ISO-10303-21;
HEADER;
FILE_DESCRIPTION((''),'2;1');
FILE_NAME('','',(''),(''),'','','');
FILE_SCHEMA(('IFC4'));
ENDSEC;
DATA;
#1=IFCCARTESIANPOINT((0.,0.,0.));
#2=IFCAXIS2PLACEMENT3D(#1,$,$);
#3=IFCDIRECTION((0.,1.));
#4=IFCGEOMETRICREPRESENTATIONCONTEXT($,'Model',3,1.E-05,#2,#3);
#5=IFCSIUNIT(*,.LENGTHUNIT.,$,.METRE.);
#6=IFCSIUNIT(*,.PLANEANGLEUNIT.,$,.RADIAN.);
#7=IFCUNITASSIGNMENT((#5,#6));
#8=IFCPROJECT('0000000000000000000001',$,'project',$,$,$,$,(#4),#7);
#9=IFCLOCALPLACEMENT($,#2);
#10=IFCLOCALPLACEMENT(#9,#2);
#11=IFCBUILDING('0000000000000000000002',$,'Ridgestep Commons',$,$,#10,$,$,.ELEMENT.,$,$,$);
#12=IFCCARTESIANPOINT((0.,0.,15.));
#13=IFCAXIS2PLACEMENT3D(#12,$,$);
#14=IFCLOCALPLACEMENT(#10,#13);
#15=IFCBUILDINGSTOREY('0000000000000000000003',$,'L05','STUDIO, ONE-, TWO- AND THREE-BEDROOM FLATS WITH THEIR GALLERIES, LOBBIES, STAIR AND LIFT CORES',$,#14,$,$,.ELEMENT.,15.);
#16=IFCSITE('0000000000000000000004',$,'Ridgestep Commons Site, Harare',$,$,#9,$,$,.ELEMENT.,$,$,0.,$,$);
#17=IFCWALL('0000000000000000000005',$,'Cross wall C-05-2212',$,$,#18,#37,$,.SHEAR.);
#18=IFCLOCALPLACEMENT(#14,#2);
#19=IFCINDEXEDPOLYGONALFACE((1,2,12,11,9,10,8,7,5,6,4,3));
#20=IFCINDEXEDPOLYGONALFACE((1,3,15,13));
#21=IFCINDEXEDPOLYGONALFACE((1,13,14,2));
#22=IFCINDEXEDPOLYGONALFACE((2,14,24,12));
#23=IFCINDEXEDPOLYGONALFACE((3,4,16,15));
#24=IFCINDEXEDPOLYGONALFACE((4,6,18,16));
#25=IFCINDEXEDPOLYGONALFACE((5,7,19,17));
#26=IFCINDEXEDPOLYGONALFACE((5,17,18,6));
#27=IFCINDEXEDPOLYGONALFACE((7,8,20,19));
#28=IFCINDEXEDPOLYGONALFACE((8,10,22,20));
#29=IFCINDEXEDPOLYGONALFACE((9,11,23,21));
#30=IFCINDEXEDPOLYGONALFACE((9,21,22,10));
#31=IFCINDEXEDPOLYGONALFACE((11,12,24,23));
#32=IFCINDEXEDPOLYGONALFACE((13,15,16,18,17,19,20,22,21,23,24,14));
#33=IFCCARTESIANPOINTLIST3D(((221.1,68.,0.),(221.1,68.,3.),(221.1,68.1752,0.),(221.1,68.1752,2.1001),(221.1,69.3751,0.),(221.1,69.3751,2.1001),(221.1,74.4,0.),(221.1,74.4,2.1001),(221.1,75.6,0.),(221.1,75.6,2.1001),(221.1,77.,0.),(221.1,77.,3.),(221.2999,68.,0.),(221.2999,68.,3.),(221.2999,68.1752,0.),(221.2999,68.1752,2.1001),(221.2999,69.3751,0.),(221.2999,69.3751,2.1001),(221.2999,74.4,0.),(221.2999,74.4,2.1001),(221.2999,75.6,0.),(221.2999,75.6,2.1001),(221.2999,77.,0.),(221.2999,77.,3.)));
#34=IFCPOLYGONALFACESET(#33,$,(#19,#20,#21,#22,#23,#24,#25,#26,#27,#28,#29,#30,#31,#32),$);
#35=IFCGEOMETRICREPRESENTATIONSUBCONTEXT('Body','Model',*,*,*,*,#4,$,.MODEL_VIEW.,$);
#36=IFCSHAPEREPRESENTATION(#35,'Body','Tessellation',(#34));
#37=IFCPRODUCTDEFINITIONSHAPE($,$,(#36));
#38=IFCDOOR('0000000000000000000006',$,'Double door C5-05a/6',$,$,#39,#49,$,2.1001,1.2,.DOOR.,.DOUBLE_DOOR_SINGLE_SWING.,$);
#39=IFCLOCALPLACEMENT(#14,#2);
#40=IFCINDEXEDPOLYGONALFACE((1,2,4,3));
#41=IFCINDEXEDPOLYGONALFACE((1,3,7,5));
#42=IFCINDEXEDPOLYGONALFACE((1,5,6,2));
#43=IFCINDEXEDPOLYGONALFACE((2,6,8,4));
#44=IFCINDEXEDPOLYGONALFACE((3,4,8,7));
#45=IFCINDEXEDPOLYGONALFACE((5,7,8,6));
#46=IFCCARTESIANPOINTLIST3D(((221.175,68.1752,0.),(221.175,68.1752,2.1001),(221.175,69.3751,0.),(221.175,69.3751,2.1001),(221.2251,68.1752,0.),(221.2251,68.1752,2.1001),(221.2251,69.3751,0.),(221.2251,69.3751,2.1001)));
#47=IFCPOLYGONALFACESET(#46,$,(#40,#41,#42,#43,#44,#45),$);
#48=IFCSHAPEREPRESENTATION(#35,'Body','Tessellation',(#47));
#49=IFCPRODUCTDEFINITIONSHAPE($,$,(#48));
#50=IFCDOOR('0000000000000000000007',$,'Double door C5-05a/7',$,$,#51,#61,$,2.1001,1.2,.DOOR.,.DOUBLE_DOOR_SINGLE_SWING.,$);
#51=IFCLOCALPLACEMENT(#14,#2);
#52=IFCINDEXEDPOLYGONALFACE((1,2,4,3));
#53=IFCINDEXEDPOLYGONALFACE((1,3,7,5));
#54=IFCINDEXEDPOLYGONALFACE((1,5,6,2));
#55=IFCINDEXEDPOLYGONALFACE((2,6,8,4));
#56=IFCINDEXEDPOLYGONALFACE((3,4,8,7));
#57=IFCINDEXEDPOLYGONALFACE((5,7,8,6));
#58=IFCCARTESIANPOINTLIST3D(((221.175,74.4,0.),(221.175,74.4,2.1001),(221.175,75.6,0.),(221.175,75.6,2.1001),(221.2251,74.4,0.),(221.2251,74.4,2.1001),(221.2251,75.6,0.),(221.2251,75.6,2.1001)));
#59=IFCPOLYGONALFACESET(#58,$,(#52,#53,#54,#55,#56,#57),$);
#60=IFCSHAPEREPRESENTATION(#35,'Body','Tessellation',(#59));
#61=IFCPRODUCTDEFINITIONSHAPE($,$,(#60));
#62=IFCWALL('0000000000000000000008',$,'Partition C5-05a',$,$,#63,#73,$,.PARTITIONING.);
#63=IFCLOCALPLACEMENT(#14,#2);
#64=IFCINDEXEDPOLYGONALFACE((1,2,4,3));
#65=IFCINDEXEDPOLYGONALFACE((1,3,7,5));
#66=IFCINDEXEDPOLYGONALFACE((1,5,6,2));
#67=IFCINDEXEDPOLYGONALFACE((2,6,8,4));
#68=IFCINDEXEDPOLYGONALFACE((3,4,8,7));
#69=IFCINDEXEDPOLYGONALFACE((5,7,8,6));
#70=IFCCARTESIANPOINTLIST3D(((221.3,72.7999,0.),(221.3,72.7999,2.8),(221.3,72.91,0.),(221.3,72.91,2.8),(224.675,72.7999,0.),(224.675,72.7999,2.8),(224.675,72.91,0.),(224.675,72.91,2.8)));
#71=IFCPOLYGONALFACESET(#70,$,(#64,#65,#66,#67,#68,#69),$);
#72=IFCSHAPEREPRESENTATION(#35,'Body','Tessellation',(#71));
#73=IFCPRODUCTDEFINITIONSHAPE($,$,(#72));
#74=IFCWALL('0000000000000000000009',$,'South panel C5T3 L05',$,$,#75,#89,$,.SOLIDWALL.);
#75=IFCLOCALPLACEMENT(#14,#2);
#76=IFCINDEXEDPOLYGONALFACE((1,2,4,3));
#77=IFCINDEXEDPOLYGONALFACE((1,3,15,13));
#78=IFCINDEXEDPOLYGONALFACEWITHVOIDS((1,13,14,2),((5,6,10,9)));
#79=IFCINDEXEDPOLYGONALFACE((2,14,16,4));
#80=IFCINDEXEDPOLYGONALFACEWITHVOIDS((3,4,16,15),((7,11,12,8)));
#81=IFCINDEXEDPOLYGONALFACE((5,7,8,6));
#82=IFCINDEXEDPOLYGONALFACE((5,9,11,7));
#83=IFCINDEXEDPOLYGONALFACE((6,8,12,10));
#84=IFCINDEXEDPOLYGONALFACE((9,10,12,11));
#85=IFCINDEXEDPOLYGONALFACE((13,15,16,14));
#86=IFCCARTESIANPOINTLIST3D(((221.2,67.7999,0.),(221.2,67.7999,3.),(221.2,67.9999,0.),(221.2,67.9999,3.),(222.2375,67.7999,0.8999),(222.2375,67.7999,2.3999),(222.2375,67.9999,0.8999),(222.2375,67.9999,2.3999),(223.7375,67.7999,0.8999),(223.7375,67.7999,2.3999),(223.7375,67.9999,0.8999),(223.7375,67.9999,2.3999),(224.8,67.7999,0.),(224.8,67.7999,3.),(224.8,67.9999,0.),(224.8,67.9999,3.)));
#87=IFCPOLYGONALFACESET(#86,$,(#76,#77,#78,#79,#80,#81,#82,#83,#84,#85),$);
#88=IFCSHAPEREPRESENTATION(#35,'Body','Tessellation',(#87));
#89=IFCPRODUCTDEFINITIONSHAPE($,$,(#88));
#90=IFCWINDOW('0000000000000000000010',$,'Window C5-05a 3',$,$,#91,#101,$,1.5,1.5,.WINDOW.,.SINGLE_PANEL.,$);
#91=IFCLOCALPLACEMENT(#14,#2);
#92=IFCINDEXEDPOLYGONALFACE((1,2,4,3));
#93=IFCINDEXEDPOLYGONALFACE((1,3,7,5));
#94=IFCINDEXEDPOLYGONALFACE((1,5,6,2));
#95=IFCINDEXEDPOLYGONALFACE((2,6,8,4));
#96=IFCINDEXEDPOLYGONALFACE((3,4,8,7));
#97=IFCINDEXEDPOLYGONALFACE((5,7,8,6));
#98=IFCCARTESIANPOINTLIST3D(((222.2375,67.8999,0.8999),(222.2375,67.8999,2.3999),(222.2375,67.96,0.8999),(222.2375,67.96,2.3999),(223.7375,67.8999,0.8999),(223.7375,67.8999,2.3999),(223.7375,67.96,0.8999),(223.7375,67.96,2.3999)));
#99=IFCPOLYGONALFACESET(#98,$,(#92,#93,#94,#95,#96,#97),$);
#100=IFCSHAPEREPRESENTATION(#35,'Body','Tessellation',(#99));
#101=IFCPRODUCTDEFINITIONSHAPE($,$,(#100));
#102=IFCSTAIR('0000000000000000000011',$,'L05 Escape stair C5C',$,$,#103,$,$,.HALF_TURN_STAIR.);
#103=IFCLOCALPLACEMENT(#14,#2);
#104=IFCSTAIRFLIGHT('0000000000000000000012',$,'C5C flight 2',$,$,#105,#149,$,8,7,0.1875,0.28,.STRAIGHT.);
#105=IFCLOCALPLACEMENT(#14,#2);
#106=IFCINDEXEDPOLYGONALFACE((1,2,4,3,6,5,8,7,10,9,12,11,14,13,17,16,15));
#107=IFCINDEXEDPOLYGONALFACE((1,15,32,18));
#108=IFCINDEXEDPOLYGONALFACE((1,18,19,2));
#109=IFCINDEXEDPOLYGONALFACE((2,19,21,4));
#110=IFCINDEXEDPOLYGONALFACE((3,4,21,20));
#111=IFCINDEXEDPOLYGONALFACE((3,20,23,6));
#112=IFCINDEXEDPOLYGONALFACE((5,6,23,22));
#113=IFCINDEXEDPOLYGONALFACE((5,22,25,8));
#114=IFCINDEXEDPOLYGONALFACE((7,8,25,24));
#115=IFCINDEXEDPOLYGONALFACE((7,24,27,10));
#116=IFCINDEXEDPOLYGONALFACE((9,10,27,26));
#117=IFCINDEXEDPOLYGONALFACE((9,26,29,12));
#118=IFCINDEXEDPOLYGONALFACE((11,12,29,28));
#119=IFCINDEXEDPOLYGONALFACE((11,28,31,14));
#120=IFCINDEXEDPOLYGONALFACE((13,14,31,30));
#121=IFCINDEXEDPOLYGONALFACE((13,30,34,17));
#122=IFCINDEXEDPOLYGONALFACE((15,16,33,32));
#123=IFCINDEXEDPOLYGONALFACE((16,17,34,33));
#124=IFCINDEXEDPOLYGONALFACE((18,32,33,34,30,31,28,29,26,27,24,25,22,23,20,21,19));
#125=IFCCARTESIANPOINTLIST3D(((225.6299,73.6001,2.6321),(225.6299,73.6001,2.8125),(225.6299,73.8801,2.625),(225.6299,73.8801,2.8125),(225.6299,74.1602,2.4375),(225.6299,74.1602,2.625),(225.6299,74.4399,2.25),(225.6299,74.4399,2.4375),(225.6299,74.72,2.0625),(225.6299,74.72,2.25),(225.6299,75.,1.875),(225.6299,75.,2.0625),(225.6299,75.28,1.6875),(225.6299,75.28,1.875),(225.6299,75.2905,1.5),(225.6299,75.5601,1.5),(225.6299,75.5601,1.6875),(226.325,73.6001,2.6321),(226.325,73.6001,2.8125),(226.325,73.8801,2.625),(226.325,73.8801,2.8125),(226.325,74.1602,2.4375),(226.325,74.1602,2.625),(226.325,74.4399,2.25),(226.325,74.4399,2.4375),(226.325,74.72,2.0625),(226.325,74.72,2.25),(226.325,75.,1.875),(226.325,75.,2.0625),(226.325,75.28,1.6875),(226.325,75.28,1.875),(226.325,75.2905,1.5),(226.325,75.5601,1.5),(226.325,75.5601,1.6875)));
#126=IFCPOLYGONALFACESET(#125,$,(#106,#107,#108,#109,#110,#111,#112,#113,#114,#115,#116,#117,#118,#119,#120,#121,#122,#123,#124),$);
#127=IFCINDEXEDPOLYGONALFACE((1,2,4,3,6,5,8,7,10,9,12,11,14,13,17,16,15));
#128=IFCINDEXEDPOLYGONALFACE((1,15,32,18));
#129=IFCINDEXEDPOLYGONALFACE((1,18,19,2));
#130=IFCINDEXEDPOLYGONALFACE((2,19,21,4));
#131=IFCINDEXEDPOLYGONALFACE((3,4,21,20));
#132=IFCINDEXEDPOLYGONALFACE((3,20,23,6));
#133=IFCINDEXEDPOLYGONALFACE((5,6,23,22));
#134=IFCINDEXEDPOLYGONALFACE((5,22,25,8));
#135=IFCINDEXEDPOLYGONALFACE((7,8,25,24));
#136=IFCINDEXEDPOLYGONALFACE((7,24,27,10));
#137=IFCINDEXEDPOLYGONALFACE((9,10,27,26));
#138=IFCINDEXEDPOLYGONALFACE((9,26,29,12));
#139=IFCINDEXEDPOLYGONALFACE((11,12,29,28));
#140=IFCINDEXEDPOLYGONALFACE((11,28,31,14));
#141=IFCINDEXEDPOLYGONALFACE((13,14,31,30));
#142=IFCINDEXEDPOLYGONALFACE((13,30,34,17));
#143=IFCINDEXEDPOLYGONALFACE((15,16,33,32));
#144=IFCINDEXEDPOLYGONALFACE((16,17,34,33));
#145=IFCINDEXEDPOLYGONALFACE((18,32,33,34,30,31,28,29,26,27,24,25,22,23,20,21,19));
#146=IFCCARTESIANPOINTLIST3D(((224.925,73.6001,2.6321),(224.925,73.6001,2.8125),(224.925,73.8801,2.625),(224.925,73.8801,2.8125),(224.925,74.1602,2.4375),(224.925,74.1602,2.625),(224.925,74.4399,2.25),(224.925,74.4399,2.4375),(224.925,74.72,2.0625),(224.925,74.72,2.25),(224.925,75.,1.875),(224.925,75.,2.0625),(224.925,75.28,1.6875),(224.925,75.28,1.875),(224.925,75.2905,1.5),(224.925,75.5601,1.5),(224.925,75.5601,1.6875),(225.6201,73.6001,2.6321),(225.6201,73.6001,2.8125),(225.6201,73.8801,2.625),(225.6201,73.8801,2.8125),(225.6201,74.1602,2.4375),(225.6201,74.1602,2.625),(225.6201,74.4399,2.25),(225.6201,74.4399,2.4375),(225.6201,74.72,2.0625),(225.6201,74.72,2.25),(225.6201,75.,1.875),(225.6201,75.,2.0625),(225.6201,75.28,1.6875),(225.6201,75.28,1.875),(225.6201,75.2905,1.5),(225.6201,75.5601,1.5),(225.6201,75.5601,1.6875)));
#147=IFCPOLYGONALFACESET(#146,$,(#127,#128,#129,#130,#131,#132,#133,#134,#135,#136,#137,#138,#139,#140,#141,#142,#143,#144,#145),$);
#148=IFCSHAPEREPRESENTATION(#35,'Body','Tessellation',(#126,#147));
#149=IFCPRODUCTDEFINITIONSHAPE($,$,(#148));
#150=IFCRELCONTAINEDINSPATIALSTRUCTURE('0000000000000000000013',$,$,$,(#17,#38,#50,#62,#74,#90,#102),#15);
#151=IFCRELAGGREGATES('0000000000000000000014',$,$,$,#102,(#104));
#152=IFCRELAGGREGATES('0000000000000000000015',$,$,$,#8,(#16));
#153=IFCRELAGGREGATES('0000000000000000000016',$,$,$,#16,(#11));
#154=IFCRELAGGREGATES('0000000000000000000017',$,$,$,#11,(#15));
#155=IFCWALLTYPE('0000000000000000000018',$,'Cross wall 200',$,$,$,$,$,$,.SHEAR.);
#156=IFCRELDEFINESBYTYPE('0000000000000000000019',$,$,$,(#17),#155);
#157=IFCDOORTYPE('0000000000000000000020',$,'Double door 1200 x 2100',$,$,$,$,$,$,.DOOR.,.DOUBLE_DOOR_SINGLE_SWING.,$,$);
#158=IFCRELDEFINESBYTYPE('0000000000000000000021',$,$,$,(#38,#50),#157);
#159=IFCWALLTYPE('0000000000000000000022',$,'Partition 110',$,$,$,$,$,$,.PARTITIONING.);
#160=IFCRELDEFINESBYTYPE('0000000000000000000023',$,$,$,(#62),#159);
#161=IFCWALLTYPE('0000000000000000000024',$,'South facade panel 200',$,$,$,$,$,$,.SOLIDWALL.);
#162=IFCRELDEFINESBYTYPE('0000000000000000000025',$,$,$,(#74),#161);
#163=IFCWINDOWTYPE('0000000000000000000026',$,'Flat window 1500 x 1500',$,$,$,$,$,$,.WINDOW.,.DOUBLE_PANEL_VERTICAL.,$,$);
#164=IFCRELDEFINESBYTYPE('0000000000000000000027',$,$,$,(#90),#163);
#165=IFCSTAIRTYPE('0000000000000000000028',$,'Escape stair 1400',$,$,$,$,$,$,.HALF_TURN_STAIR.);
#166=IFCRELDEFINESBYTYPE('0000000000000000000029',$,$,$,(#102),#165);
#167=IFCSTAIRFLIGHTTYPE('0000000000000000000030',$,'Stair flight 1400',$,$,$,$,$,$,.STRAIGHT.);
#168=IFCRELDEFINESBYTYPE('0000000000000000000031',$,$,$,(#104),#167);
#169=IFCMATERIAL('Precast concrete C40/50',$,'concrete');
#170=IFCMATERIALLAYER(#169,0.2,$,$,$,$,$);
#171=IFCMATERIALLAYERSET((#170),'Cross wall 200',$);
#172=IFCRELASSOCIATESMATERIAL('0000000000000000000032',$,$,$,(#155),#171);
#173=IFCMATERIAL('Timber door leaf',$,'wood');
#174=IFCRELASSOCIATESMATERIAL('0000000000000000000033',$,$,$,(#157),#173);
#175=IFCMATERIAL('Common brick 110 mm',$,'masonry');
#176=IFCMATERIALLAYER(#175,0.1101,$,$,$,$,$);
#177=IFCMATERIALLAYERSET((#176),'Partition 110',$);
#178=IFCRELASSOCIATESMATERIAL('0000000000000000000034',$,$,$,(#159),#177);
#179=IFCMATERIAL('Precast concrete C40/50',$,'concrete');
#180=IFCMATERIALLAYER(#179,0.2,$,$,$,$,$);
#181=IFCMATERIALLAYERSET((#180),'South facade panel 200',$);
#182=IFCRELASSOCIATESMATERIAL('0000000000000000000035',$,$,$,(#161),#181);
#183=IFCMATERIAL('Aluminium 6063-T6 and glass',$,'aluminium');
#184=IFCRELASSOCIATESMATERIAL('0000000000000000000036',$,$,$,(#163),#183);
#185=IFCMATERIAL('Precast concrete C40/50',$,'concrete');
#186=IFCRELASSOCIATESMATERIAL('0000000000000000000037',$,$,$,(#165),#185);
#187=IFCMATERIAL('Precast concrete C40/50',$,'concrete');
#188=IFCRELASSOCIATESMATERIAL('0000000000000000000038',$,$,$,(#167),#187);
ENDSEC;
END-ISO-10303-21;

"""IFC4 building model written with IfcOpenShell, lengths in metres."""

from ifc_helpers import new_model, si_unit, direction, frame, frame_2d, origin, place, context, subcontext, project, spatial, polyline, rectangle, outline, extrude, material, layer, layer_set, type_object, element, fill, aggregate, save


model = new_model("IFC4")

# Units and contexts
model_context = context("Model", 3, precision=1e-05, world=origin(), true_north=direction((0.0, 1.0)))
body_context = subcontext(model_context, "Body", "Model", "MODEL_VIEW")
ifc_project = project(units=[si_unit("LENGTHUNIT", "METRE"), si_unit("PLANEANGLEUNIT", "RADIAN")], contexts=[model_context])

# Site, building, storey
site_placement = place(None, origin())
site = spatial("IfcSite", under=ifc_project, at=site_placement, Name="Ridgestep Commons Site, Harare", CompositionType="ELEMENT", RefElevation=0.0)
building_placement = place(site_placement, origin())
building = spatial("IfcBuilding", under=site, at=building_placement, Name="Ridgestep Commons", CompositionType="ELEMENT")
storey_placement = place(building_placement, frame((0.0, 0.0, 15.0)))
storey = spatial("IfcBuildingStorey", under=building, at=storey_placement, Name="L05", Description="STUDIO, ONE-, TWO- AND THREE-BEDROOM FLATS WITH THEIR GALLERIES, LOBBIES, STAIR AND LIFT CORES", CompositionType="ELEMENT", Elevation=15.0)

# Wall, openings, doors
ifc_material_1 = material(Name="Precast concrete C40/50", Category="concrete")
ifc_layer_1 = layer(ifc_material_1, 0.2)
ifc_layer_set_1 = layer_set([ifc_layer_1], Name="Cross wall 200")
wall_type_1 = type_object("IfcWallType", Name="Cross wall 200", PredefinedType="SHEAR", material=ifc_layer_set_1)
wall_1_placement = place(storey_placement, frame((221.2, 68.0, 0.0), z_axis=(0.0, 0.0, 1.0), x_axis=(0.0, 1.0, 0.0)))
wall_1 = element("IfcWall", 1, at=wall_1_placement, inside=storey, type_object=wall_type_1, Name="Cross wall C-05-2212", PredefinedType="SHEAR", context=body_context, shape_type="SweptSolid", body=[
    extrude(rectangle(XDim=9.0, YDim=0.2, at=frame_2d((4.5, 0.0))), origin(), (0.0, 0.0, 1.0), 3.0),
])
opening_1_placement = place(wall_1_placement, frame((0.175, 0.0, 0.0)))
opening_1 = element("IfcOpeningElement", 2, at=opening_1_placement, cuts=wall_1, PredefinedType="OPENING", context=body_context, shape_type="SweptSolid", body=[
    extrude(rectangle(XDim=1.2, YDim=2.1001, at=frame_2d((0.6001, 1.05))), frame((0.0, 0.1099, 0.0), z_axis=(0.0, -1.0, 0.0), x_axis=(1.0, 0.0, 0.0)), (0.0, 0.0, 1.0), 0.22),
])
opening_2_placement = place(wall_1_placement, frame((6.3999, 0.0, 0.0)))
opening_2 = element("IfcOpeningElement", 3, at=opening_2_placement, cuts=wall_1, PredefinedType="OPENING", context=body_context, shape_type="SweptSolid", body=[
    extrude(rectangle(XDim=1.2, YDim=2.1001, at=frame_2d((0.6001, 1.05))), frame((0.0, 0.1099, 0.0), z_axis=(0.0, -1.0, 0.0), x_axis=(1.0, 0.0, 0.0)), (0.0, 0.0, 1.0), 0.22),
])
ifc_material_2 = material(Name="Timber door leaf", Category="wood")
door_type_1 = type_object("IfcDoorType", Name="Double door 1200 x 2100", OperationType="DOUBLE_DOOR_SINGLE_SWING", PredefinedType="DOOR", material=ifc_material_2)
door_1_placement = place(opening_1_placement, origin())
door_1 = element("IfcDoor", 4, at=door_1_placement, inside=storey, type_object=door_type_1, Name="Double door C5-05a/6", OperationType="DOUBLE_DOOR_SINGLE_SWING", OverallHeight=2.1001, OverallWidth=1.2, PredefinedType="DOOR", context=body_context, shape_type="SweptSolid", body=[
    extrude(rectangle(XDim=1.2, YDim=2.1001, at=frame_2d((0.6001, 1.05))), frame((0.0, 0.0249, 0.0), z_axis=(0.0, -1.0, 0.0), x_axis=(1.0, 0.0, 0.0)), (0.0, 0.0, 1.0), 0.05),
])
fill(opening_1, door_1)
door_2_placement = place(opening_2_placement, origin())
door_2 = element("IfcDoor", 5, at=door_2_placement, inside=storey, type_object=door_type_1, Name="Double door C5-05a/7", OperationType="DOUBLE_DOOR_SINGLE_SWING", OverallHeight=2.1001, OverallWidth=1.2, PredefinedType="DOOR", context=body_context, shape_type="SweptSolid", body=[
    extrude(rectangle(XDim=1.2, YDim=2.1001, at=frame_2d((0.6001, 1.05))), frame((0.0, 0.0249, 0.0), z_axis=(0.0, -1.0, 0.0), x_axis=(1.0, 0.0, 0.0)), (0.0, 0.0, 1.0), 0.05),
])
fill(opening_2, door_2)

# Wall
ifc_material_3 = material(Name="Common brick 110 mm", Category="masonry")
ifc_layer_2 = layer(ifc_material_3, 0.1101)
ifc_layer_set_2 = layer_set([ifc_layer_2], Name="Partition 110")
wall_type_2 = type_object("IfcWallType", Name="Partition 110", PredefinedType="PARTITIONING", material=ifc_layer_set_2)
wall_2_placement = place(storey_placement, frame((221.3, 72.855, 0.0), z_axis=(0.0, 0.0, 1.0), x_axis=(1.0, 0.0, 0.0)))
element("IfcWall", 6, at=wall_2_placement, inside=storey, type_object=wall_type_2, Name="Partition C5-05a", PredefinedType="PARTITIONING", context=body_context, shape_type="SweptSolid", body=[
    extrude(rectangle(XDim=3.375, YDim=0.1101, at=frame_2d((1.6875, 0.0))), origin(), (0.0, 0.0, 1.0), 2.8),
])

# Wall, opening, window
ifc_material_4 = material(Name="Precast concrete C40/50", Category="concrete")
ifc_layer_3 = layer(ifc_material_4, 0.2)
ifc_layer_set_3 = layer_set([ifc_layer_3], Name="South facade panel 200")
wall_type_3 = type_object("IfcWallType", Name="South facade panel 200", PredefinedType="SOLIDWALL", material=ifc_layer_set_3)
wall_3_placement = place(storey_placement, frame((221.2, 67.8999, 0.0), z_axis=(0.0, 0.0, 1.0), x_axis=(1.0, 0.0, 0.0)))
wall_3 = element("IfcWall", 7, at=wall_3_placement, inside=storey, type_object=wall_type_3, Name="South panel C5T3 L05", PredefinedType="SOLIDWALL", context=body_context, shape_type="SweptSolid", body=[
    extrude(rectangle(XDim=3.6001, YDim=0.2, at=frame_2d((1.8, 0.0))), origin(), (0.0, 0.0, 1.0), 3.0),
])
opening_3_placement = place(wall_3_placement, frame((1.0376, 0.0, 0.8999)))
opening_3 = element("IfcOpeningElement", 8, at=opening_3_placement, cuts=wall_3, PredefinedType="OPENING", context=body_context, shape_type="SweptSolid", body=[
    extrude(rectangle(XDim=1.5, YDim=1.5, at=frame_2d((0.75, 0.75))), frame((0.0, 0.1099, 0.0), z_axis=(0.0, -1.0, 0.0), x_axis=(1.0, 0.0, 0.0)), (0.0, 0.0, 1.0), 0.22),
])
ifc_material_5 = material(Name="Aluminium 6063-T6 and glass", Category="aluminium")
window_type = type_object("IfcWindowType", Name="Flat window 1500 x 1500", PartitioningType="DOUBLE_PANEL_VERTICAL", PredefinedType="WINDOW", material=ifc_material_5)
window_placement = place(opening_3_placement, origin())
window = element("IfcWindow", 9, at=window_placement, inside=storey, type_object=window_type, Name="Window C5-05a 3", OverallHeight=1.5, OverallWidth=1.5, PartitioningType="SINGLE_PANEL", PredefinedType="WINDOW", context=body_context, shape_type="SweptSolid", body=[
    extrude(rectangle(XDim=1.5, YDim=1.5, at=frame_2d((0.75, 0.75))), frame((0.0, 0.0601, 0.0), z_axis=(0.0, -1.0, 0.0), x_axis=(1.0, 0.0, 0.0)), (0.0, 0.0, 1.0), 0.0601),
])
fill(opening_3, window)

# Stair, stair flight
ifc_material_6 = material(Name="Precast concrete C40/50", Category="concrete")
stair_type = type_object("IfcStairType", Name="Escape stair 1400", PredefinedType="HALF_TURN_STAIR", material=ifc_material_6)
stair_placement = place(storey_placement, origin())
stair = element("IfcStair", 10, at=stair_placement, inside=storey, type_object=stair_type, Name="L05 Escape stair C5C", PredefinedType="HALF_TURN_STAIR")
ifc_material_7 = material(Name="Precast concrete C40/50", Category="concrete")
stair_flight_type = type_object("IfcStairFlightType", Name="Stair flight 1400", PredefinedType="STRAIGHT", material=ifc_material_7)
stair_flight_placement = place(storey_placement, frame((225.625, 75.5601, 1.5), z_axis=(0.0, 0.0, 1.0), x_axis=(0.0, -1.0, 0.0)))
stair_flight = element("IfcStairFlight", 11, at=stair_flight_placement, type_object=stair_flight_type, Name="C5C flight 2", NumberOfRisers=8, NumberOfTreads=7, PredefinedType="STRAIGHT", RiserHeight=0.1875, TreadLength=0.28, context=body_context, shape_type="SweptSolid", body=[
    extrude(outline(polyline([(0.0, 0.0), (0.0, 0.1875), (0.28, 0.1875), (0.28, 0.375), (0.5601, 0.375), (0.5601, 0.5625), (0.8401, 0.5625), (0.8401, 0.75), (1.1201, 0.75), (1.1201, 0.9375), (1.3999, 0.9375), (1.3999, 1.125), (1.6799, 1.125), (1.6799, 1.3125), (1.96, 1.3125), (1.96, 1.5), (1.96, 1.1321), (0.2695, 0.0), (0.0, 0.0)])), frame((0.0, 0.7, 0.0), z_axis=(0.0, -1.0, 0.0), x_axis=(1.0, 0.0, 0.0)), (0.0, 0.0, 1.0), 0.6951),
    extrude(outline(polyline([(0.0, 0.0), (0.0, 0.1875), (0.28, 0.1875), (0.28, 0.375), (0.5601, 0.375), (0.5601, 0.5625), (0.8401, 0.5625), (0.8401, 0.75), (1.1201, 0.75), (1.1201, 0.9375), (1.3999, 0.9375), (1.3999, 1.125), (1.6799, 1.125), (1.6799, 1.3125), (1.96, 1.3125), (1.96, 1.5), (1.96, 1.1321), (0.2695, 0.0), (0.0, 0.0)])), frame((0.0, -0.0049, 0.0), z_axis=(0.0, -1.0, 0.0), x_axis=(1.0, 0.0, 0.0)), (0.0, 0.0, 1.0), 0.6951),
])
aggregate(stair, [stair_flight])

save(model, "model.ifc")
